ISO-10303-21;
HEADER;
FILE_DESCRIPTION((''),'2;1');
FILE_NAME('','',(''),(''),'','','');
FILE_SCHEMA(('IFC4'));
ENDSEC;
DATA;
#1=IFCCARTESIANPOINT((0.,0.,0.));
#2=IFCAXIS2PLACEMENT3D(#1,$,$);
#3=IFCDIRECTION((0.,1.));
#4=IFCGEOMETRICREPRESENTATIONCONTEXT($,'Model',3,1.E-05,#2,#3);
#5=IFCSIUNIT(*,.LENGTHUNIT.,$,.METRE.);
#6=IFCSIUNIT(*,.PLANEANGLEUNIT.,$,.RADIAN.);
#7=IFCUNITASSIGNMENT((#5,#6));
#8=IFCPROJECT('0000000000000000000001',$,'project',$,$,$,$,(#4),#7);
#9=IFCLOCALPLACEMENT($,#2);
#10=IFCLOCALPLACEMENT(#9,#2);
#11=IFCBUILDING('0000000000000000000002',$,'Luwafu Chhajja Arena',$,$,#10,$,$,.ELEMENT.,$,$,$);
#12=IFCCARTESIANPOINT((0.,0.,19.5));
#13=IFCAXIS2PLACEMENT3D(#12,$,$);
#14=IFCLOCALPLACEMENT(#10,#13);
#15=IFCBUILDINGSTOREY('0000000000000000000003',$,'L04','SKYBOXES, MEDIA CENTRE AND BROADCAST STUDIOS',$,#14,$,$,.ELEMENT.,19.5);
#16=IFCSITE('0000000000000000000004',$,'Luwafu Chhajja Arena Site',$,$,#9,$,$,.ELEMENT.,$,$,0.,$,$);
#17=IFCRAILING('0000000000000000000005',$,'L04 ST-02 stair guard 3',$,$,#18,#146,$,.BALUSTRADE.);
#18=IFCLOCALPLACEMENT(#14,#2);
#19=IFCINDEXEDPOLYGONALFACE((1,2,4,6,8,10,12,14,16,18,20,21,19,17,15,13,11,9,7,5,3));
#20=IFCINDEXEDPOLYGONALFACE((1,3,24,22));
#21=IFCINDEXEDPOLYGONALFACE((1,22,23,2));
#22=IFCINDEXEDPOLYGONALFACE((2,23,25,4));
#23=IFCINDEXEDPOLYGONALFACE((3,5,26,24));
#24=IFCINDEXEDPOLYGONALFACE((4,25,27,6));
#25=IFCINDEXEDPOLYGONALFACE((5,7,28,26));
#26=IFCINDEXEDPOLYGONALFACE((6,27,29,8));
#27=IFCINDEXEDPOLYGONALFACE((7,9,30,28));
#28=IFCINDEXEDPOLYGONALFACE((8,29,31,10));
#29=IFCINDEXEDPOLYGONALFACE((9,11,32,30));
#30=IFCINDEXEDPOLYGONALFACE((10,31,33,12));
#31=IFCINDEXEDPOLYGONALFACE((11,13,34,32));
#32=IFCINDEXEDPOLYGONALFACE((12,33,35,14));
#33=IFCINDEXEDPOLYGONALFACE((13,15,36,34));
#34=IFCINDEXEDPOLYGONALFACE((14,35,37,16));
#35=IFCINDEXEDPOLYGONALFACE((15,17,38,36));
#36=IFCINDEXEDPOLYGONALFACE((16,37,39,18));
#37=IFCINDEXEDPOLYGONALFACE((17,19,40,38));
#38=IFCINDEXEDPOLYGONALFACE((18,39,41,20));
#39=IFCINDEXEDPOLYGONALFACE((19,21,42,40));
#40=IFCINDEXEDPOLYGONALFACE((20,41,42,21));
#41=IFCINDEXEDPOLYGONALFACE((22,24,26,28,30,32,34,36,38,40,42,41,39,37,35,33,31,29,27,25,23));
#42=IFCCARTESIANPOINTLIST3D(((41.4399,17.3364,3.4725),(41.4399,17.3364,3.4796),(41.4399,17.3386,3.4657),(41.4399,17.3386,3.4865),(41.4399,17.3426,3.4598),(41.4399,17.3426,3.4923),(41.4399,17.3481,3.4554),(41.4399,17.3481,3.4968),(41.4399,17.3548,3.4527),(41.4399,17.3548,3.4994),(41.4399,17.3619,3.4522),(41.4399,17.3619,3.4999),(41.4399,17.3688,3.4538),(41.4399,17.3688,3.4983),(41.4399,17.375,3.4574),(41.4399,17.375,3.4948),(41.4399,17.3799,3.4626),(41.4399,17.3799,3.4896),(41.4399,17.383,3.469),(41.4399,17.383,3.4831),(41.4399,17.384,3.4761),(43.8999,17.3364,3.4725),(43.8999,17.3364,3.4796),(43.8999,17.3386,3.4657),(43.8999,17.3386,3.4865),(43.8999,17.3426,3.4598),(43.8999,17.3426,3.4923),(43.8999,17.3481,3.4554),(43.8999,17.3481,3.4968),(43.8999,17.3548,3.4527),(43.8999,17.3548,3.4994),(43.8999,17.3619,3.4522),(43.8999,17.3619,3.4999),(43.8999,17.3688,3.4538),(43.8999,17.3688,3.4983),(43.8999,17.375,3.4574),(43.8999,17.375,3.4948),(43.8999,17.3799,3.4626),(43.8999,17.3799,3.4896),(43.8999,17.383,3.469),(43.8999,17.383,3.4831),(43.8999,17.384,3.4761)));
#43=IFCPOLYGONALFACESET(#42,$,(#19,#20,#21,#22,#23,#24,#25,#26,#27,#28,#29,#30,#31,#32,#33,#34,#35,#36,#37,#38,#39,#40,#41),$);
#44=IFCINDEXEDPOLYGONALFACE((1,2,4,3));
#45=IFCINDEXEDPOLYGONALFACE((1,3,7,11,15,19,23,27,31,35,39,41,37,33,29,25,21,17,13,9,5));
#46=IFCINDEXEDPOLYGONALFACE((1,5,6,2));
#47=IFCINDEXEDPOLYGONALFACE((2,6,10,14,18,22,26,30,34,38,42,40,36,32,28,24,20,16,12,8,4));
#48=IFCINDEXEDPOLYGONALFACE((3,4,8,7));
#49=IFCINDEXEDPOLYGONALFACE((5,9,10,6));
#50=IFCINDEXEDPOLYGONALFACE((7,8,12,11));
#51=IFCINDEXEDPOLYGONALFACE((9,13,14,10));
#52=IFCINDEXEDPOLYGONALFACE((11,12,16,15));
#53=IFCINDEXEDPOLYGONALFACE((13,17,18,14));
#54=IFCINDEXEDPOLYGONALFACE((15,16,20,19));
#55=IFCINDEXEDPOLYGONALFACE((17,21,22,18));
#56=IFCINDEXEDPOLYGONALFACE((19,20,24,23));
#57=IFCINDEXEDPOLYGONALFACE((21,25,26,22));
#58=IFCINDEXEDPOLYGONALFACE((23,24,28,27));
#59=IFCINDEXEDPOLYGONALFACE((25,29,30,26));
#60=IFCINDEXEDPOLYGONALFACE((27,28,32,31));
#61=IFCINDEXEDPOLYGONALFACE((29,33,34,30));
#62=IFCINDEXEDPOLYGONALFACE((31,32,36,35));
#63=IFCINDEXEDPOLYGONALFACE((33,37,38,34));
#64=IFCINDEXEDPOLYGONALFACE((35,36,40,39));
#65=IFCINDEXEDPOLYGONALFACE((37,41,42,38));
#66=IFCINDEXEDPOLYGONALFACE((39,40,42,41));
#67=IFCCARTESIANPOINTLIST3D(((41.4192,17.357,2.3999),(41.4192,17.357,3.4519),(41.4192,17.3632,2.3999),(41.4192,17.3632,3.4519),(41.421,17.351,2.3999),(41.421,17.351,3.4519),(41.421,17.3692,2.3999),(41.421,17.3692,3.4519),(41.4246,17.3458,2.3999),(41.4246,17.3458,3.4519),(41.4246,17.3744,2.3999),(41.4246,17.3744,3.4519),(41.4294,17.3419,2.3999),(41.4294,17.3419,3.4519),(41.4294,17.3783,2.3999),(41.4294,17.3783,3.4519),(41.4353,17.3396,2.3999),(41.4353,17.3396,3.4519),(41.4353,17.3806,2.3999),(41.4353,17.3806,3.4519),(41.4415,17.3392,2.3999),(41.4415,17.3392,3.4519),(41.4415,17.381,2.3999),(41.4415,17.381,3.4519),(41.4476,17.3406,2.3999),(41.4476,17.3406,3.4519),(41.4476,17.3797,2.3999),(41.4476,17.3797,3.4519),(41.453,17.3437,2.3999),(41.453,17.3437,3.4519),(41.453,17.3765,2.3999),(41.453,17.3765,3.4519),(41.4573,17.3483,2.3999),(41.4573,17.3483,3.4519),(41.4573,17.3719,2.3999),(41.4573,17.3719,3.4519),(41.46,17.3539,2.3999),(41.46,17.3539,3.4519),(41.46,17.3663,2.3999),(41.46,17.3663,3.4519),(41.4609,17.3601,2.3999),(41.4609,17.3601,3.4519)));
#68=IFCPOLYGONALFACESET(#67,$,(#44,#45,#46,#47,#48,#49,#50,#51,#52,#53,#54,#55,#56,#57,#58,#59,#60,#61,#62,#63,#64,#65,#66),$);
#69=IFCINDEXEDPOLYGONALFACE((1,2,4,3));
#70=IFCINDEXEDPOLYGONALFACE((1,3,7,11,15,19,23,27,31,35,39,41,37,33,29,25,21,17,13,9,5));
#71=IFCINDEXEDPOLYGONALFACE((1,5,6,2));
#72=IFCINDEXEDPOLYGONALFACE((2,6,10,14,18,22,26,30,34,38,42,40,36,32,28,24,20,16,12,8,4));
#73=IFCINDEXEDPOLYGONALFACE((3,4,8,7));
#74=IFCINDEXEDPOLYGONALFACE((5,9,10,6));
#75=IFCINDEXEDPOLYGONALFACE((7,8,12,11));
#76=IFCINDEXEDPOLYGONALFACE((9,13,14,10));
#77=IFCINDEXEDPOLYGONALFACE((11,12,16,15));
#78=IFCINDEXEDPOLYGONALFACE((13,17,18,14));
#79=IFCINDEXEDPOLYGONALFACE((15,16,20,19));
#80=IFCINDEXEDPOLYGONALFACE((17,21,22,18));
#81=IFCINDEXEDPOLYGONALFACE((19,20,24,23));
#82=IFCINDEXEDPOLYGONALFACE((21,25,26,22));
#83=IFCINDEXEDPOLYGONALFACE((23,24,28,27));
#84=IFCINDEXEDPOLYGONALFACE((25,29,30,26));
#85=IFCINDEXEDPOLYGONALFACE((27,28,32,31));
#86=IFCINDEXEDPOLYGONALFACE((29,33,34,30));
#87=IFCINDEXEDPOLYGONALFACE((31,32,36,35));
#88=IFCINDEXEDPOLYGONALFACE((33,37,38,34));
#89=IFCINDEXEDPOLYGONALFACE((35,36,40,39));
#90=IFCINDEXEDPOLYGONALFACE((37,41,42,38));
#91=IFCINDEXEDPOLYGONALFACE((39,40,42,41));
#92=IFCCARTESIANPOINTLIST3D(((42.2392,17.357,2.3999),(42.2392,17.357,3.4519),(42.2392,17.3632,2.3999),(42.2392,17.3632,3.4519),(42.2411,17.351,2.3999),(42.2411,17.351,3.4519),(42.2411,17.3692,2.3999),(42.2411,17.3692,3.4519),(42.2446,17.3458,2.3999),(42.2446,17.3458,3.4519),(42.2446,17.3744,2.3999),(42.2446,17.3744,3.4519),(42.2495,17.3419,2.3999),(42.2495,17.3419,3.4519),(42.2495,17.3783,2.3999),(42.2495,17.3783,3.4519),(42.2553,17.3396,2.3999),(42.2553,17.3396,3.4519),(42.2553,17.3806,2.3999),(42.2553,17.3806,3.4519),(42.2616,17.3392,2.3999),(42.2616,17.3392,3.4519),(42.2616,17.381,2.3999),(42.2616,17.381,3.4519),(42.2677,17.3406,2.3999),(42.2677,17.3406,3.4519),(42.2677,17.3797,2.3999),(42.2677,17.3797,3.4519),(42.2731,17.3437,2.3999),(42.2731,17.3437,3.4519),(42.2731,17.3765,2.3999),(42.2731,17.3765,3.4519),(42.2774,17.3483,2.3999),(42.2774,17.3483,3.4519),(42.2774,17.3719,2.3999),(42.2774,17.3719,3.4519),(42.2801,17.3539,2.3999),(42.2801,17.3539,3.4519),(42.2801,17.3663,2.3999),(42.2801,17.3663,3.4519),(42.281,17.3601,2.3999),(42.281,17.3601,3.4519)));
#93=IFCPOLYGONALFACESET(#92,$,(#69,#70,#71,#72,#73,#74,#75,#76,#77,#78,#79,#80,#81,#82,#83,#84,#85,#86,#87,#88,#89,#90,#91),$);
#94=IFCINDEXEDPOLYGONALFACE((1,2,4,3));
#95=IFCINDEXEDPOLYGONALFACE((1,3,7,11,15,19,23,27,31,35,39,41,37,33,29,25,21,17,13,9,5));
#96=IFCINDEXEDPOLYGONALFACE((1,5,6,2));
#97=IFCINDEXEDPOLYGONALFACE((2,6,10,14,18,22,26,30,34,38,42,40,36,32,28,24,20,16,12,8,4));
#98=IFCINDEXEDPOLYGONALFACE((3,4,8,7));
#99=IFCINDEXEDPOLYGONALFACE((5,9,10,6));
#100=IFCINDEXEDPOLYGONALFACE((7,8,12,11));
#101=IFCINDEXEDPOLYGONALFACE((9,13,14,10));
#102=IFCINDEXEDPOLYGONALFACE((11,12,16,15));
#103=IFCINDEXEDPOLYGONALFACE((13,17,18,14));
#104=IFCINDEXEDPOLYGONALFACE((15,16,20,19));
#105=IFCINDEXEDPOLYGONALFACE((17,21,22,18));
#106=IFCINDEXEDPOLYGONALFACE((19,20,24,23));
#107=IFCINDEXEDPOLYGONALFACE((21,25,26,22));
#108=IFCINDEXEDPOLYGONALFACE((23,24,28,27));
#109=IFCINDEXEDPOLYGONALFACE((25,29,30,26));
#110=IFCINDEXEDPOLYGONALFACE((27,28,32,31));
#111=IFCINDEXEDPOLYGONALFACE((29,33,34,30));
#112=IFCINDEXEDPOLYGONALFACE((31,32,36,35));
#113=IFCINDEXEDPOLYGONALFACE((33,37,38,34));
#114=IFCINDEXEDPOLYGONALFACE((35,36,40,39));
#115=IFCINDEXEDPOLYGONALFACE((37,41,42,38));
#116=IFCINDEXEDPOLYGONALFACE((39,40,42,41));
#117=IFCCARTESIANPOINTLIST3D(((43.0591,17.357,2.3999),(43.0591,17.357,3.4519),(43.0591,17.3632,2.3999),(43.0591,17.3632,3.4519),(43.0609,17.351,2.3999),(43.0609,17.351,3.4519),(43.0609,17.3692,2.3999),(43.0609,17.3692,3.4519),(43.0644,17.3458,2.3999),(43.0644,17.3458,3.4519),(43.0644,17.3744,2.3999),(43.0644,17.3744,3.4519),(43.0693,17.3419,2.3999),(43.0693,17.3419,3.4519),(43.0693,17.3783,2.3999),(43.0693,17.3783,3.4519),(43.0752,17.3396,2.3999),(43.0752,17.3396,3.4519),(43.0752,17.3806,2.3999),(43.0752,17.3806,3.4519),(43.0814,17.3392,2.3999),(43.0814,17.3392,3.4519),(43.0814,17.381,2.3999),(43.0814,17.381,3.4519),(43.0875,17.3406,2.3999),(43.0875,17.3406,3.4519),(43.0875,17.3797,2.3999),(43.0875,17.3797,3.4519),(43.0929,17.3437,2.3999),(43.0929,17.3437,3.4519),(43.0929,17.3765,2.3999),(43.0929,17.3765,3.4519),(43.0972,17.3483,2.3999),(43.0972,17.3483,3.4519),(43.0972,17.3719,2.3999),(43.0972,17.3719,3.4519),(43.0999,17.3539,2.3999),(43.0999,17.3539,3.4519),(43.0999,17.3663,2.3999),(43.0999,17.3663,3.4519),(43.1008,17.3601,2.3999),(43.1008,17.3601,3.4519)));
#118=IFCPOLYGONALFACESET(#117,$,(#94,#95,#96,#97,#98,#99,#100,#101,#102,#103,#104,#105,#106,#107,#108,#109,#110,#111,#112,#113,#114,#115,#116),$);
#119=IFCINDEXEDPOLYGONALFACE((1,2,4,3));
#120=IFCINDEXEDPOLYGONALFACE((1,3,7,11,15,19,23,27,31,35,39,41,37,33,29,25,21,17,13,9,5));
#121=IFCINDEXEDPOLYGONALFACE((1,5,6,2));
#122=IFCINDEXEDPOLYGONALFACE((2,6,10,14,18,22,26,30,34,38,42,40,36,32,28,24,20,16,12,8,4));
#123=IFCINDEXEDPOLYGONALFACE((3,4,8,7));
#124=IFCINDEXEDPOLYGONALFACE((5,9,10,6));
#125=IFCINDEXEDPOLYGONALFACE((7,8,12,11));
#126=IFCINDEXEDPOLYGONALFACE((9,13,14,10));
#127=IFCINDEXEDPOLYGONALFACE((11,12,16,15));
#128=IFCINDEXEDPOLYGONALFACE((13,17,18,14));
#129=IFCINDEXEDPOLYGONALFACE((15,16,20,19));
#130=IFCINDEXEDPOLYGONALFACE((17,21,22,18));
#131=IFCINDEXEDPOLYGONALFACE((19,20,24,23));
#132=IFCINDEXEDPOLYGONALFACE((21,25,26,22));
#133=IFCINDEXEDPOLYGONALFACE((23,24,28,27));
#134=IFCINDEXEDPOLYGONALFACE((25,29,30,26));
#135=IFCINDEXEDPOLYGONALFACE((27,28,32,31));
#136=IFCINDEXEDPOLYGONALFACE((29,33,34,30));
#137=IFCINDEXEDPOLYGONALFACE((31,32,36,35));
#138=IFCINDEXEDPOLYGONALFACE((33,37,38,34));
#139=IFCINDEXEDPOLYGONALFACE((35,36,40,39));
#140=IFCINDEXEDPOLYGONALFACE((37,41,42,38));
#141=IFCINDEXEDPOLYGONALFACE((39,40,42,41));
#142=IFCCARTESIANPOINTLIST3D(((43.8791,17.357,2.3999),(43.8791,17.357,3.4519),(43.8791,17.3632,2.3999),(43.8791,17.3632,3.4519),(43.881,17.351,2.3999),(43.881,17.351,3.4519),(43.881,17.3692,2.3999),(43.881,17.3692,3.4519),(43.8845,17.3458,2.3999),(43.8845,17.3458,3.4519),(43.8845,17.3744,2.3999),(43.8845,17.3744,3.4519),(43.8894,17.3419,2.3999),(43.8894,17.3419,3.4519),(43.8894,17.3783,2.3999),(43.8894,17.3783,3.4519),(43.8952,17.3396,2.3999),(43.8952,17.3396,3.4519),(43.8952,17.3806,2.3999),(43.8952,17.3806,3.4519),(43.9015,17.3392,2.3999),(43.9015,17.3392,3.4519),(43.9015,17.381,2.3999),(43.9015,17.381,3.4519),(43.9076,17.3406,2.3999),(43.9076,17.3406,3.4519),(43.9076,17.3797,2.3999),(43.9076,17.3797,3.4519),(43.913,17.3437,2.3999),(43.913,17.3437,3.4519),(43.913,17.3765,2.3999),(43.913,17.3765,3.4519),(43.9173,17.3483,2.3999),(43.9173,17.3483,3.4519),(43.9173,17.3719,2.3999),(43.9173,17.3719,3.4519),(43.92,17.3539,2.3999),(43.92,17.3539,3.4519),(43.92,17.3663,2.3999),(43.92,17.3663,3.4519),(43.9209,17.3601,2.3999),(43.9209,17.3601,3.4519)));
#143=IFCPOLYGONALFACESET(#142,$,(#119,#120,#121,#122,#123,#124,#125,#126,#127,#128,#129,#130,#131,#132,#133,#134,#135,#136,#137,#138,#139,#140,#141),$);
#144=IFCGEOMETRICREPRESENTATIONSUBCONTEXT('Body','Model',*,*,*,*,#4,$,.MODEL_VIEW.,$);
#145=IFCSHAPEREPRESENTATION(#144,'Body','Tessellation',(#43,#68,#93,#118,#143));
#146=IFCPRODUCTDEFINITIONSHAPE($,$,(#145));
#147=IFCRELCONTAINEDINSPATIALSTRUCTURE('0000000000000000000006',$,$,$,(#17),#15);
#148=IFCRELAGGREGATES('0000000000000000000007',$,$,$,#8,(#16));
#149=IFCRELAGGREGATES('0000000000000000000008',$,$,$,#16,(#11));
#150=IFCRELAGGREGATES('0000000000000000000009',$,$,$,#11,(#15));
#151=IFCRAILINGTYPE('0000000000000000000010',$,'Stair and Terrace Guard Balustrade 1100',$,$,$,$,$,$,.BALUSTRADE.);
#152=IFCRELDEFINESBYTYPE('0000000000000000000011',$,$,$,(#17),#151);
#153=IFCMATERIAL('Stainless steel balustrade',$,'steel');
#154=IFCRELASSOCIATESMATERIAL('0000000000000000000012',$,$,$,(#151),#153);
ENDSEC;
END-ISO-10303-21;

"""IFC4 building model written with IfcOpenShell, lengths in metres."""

from ifc_helpers import new_model, si_unit, direction, frame, origin, origin_2d, place, context, subcontext, project, spatial, circle, extrude, material, type_object, element, save


model = new_model("IFC4")

# Units and contexts
model_context = context("Model", 3, precision=1e-05, world=origin(), true_north=direction((0.0, 1.0)))
body_context = subcontext(model_context, "Body", "Model", "MODEL_VIEW")
ifc_project = project(units=[si_unit("LENGTHUNIT", "METRE"), si_unit("PLANEANGLEUNIT", "RADIAN")], contexts=[model_context])

# Site, building, storey
site_placement = place(None, origin())
site = spatial("IfcSite", under=ifc_project, at=site_placement, Name="Luwafu Chhajja Arena Site", CompositionType="ELEMENT", RefElevation=0.0)
building_placement = place(site_placement, origin())
building = spatial("IfcBuilding", under=site, at=building_placement, Name="Luwafu Chhajja Arena", CompositionType="ELEMENT")
storey_placement = place(building_placement, frame((0.0, 0.0, 19.5)))
storey = spatial("IfcBuildingStorey", under=building, at=storey_placement, Name="L04", Description="SKYBOXES, MEDIA CENTRE AND BROADCAST STUDIOS", CompositionType="ELEMENT", Elevation=19.5)

# Railing
ifc_material_1 = material(Name="Stainless steel balustrade", Category="steel")
railing_type_1 = type_object("IfcRailingType", Name="Stair and Terrace Guard Balustrade 1100", PredefinedType="BALUSTRADE", material=ifc_material_1)
railing_1_placement = place(storey_placement, frame((41.4399, 17.3601, 2.3999)))
element("IfcRailing", 1, at=railing_1_placement, inside=storey, type_object=railing_type_1, Name="L04 ST-02 stair guard 3", PredefinedType="BALUSTRADE", context=body_context, shape_type="SweptSolid", body=[
    extrude(circle(Radius=0.0239, at=origin_2d()), frame((0.0, 0.0, 1.0762), z_axis=(1.0, 0.0, 0.0), x_axis=(0.0, 1.0, 0.0)), (0.0, 0.0, 1.0), 2.46),
    extrude(circle(Radius=0.021, at=origin_2d()), origin(), (0.0, 0.0, 1.0), 1.052),
    extrude(circle(Radius=0.021, at=origin_2d()), frame((0.8201, 0.0, 0.0)), (0.0, 0.0, 1.0), 1.052),
    extrude(circle(Radius=0.021, at=origin_2d()), frame((1.6399, 0.0, 0.0)), (0.0, 0.0, 1.0), 1.052),
    extrude(circle(Radius=0.021, at=origin_2d()), frame((2.46, 0.0, 0.0)), (0.0, 0.0, 1.0), 1.052),
])

save(model, "model.ifc")
